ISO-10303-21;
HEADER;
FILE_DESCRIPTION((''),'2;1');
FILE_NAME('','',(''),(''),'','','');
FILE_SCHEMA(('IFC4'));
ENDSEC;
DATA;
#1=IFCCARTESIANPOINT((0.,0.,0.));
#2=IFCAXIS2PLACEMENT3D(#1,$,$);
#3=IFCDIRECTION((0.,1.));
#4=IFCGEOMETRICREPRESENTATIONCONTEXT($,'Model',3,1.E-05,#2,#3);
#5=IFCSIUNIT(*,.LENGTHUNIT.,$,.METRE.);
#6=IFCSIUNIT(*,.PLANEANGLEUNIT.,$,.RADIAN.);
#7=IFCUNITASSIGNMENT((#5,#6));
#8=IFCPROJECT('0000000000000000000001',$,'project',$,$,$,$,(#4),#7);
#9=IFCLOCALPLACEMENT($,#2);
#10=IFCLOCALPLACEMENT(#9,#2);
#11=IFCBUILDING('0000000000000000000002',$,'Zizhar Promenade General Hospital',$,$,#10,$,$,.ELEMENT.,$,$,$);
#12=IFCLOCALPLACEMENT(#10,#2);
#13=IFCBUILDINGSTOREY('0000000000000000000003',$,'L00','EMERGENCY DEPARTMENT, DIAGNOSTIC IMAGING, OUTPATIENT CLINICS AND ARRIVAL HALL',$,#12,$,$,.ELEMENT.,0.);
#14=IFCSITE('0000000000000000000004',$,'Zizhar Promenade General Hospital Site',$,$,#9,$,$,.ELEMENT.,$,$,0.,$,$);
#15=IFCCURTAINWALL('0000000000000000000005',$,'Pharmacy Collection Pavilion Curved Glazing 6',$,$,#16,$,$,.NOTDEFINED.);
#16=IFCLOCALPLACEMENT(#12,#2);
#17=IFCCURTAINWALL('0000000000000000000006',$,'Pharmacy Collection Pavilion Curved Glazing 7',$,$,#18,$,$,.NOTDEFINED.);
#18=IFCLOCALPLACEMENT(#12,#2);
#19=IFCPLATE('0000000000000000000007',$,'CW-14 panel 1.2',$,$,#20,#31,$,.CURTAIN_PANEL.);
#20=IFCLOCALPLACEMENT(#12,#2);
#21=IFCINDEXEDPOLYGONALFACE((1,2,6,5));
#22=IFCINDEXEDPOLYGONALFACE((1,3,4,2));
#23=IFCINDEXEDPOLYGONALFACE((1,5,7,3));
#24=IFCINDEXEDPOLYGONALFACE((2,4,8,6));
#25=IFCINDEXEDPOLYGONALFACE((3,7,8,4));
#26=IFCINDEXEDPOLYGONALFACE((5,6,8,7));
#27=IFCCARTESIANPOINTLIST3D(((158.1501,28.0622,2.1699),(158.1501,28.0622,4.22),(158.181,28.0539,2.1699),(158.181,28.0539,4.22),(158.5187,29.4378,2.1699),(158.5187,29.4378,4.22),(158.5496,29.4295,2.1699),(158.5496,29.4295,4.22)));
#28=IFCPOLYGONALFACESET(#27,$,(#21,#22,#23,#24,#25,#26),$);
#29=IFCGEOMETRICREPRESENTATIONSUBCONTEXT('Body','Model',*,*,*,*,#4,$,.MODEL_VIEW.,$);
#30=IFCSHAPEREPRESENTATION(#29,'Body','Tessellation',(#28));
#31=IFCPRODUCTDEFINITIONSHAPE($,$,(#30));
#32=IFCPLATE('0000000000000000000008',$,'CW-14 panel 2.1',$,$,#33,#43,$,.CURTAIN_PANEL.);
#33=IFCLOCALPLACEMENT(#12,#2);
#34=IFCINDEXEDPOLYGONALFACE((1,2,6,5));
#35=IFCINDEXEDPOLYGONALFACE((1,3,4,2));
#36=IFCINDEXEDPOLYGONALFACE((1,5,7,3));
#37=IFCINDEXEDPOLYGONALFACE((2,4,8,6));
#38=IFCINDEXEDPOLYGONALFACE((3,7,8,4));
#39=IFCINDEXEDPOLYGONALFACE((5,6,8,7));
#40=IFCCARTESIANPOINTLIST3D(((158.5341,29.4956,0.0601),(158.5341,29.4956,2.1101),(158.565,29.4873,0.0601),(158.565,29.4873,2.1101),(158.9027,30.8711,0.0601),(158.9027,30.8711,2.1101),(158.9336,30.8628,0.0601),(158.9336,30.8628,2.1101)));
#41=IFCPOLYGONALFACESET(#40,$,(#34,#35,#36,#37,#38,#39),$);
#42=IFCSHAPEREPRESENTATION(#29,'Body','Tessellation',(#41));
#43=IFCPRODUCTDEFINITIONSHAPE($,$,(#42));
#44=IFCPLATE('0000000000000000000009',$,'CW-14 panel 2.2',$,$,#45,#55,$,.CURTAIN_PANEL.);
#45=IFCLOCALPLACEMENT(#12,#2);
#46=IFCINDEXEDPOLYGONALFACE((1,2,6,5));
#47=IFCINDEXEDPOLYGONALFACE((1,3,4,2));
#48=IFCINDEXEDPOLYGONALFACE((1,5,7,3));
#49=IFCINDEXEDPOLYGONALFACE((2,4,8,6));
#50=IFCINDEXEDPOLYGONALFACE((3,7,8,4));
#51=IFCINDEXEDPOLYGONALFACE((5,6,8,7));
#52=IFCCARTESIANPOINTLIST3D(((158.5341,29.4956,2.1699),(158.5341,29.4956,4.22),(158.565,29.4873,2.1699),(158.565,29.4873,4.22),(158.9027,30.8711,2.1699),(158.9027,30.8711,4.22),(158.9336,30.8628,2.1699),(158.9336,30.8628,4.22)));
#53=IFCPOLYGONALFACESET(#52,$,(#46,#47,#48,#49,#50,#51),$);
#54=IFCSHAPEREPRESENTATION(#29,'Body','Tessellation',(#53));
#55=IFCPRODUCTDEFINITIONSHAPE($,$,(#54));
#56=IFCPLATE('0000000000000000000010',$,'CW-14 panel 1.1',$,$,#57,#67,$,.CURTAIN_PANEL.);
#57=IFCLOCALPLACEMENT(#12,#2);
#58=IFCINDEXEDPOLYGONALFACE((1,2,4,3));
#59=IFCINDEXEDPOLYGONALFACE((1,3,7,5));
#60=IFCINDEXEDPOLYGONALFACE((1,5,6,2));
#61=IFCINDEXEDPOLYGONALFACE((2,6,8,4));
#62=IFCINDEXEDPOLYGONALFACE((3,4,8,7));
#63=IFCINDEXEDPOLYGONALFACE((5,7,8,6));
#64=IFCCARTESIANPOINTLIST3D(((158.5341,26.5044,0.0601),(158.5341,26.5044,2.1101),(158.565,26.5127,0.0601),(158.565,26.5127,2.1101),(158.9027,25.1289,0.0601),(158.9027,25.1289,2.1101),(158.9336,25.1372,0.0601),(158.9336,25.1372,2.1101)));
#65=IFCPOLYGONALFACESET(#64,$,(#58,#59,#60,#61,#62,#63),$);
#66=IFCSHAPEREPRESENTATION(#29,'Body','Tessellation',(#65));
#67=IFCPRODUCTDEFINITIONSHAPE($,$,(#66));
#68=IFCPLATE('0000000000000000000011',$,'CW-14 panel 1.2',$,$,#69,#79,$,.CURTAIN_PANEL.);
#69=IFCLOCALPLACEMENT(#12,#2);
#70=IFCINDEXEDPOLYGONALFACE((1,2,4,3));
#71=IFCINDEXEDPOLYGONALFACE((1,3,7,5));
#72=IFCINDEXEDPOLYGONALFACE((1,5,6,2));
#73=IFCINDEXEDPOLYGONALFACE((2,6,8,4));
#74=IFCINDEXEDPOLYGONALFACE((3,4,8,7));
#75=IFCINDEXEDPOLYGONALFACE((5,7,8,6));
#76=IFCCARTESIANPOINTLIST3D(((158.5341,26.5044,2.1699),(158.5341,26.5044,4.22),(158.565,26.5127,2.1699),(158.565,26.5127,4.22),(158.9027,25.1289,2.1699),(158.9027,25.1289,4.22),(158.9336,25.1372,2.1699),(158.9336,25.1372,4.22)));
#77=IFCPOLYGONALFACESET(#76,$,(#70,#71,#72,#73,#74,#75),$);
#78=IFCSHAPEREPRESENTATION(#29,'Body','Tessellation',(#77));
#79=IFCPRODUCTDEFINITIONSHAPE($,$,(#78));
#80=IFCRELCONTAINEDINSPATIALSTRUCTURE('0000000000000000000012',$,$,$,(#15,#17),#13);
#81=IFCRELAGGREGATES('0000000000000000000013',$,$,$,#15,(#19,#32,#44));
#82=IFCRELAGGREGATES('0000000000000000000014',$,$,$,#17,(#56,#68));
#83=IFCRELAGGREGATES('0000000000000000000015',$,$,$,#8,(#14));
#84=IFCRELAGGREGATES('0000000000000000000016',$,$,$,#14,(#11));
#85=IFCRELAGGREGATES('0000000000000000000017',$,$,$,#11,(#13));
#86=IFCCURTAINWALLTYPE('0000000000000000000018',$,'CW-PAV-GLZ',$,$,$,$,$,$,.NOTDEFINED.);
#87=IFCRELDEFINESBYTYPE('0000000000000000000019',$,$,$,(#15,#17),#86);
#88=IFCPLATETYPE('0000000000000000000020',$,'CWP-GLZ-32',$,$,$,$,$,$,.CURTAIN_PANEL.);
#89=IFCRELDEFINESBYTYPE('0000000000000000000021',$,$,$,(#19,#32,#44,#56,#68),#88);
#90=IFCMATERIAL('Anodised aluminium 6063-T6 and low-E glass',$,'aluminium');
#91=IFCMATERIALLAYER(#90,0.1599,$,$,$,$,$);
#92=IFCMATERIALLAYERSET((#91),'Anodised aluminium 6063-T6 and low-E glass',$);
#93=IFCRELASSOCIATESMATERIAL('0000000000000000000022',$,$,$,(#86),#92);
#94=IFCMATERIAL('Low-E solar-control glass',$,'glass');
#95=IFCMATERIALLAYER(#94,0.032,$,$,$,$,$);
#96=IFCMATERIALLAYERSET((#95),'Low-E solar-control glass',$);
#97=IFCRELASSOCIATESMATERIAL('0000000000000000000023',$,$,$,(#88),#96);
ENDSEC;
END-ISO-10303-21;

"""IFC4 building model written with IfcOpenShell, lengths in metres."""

from ifc_helpers import new_model, si_unit, direction, frame, origin, origin_2d, place, context, subcontext, project, spatial, rectangle, extrude, material, layer, layer_set, type_object, element, aggregate, save


model = new_model("IFC4")

# Units and contexts
model_context = context("Model", 3, precision=1e-05, world=origin(), true_north=direction((0.0, 1.0)))
body_context = subcontext(model_context, "Body", "Model", "MODEL_VIEW")
ifc_project = project(units=[si_unit("LENGTHUNIT", "METRE"), si_unit("PLANEANGLEUNIT", "RADIAN")], contexts=[model_context])

# Site, building, storey
site_placement = place(None, origin())
site = spatial("IfcSite", under=ifc_project, at=site_placement, Name="Zizhar Promenade General Hospital Site", CompositionType="ELEMENT", RefElevation=0.0)
building_placement = place(site_placement, origin())
building = spatial("IfcBuilding", under=site, at=building_placement, Name="Zizhar Promenade General Hospital", CompositionType="ELEMENT")
storey_placement = place(building_placement, origin())
storey = spatial("IfcBuildingStorey", under=building, at=storey_placement, Name="L00", Description="EMERGENCY DEPARTMENT, DIAGNOSTIC IMAGING, OUTPATIENT CLINICS AND ARRIVAL HALL", CompositionType="ELEMENT", Elevation=0.0)

# Shared definitions
ifc_material_1 = material(Name="Anodised aluminium 6063-T6 and low-E glass", Category="aluminium")
ifc_layer_1 = layer(ifc_material_1, 0.1599)
ifc_layer_set_1 = layer_set([ifc_layer_1], Name="Anodised aluminium 6063-T6 and low-E glass")
curtain_wall_type = type_object("IfcCurtainWallType", Name="CW-PAV-GLZ", PredefinedType="NOTDEFINED", material=ifc_layer_set_1)

# Curtain walls
curtain_wall_1_placement = place(storey_placement, origin())
curtain_wall_1 = element("IfcCurtainWall", 1, at=curtain_wall_1_placement, inside=storey, type_object=curtain_wall_type, Name="Pharmacy Collection Pavilion Curved Glazing 6", PredefinedType="NOTDEFINED")
curtain_wall_2_placement = place(storey_placement, origin())
curtain_wall_2 = element("IfcCurtainWall", 2, at=curtain_wall_2_placement, inside=storey, type_object=curtain_wall_type, Name="Pharmacy Collection Pavilion Curved Glazing 7", PredefinedType="NOTDEFINED")

# Plates
ifc_material_2 = material(Name="Low-E solar-control glass", Category="glass")
ifc_layer_2 = layer(ifc_material_2, 0.032)
ifc_layer_set_2 = layer_set([ifc_layer_2], Name="Low-E solar-control glass")
plate_type = type_object("IfcPlateType", Name="CWP-GLZ-32", PredefinedType="CURTAIN_PANEL", material=ifc_layer_set_2)
plate_1_placement = place(storey_placement, frame((158.3499, 28.7458, 2.1699), z_axis=(0.0, 0.0, 1.0), x_axis=(0.258834, 0.965922, 0.0)))
plate_1 = element("IfcPlate", 3, at=plate_1_placement, type_object=plate_type, Name="CW-14 panel 1.2", PredefinedType="CURTAIN_PANEL", context=body_context, shape_type="SweptSolid", body=[
    extrude(rectangle(XDim=1.4241, YDim=0.032, at=origin_2d()), origin(), (0.0, 0.0, 1.0), 2.05),
])
plate_2_placement = place(storey_placement, frame((158.7339, 30.1792, 0.0601), z_axis=(0.0, 0.0, 1.0), x_axis=(0.258834, 0.965922, 0.0)))
plate_2 = element("IfcPlate", 4, at=plate_2_placement, type_object=plate_type, Name="CW-14 panel 2.1", PredefinedType="CURTAIN_PANEL", context=body_context, shape_type="SweptSolid", body=[
    extrude(rectangle(XDim=1.4241, YDim=0.032, at=origin_2d()), origin(), (0.0, 0.0, 1.0), 2.05),
])
plate_3_placement = place(storey_placement, frame((158.7339, 30.1792, 2.1699), z_axis=(0.0, 0.0, 1.0), x_axis=(0.258834, 0.965922, 0.0)))
plate_3 = element("IfcPlate", 5, at=plate_3_placement, type_object=plate_type, Name="CW-14 panel 2.2", PredefinedType="CURTAIN_PANEL", context=body_context, shape_type="SweptSolid", body=[
    extrude(rectangle(XDim=1.4241, YDim=0.032, at=origin_2d()), origin(), (0.0, 0.0, 1.0), 2.05),
])
aggregate(curtain_wall_1, [plate_1, plate_2, plate_3])
plate_4_placement = place(storey_placement, frame((158.7339, 25.8208, 0.0601), z_axis=(0.0, 0.0, 1.0), x_axis=(-0.258834, 0.965922, 0.0)))
plate_4 = element("IfcPlate", 6, at=plate_4_placement, type_object=plate_type, Name="CW-14 panel 1.1", PredefinedType="CURTAIN_PANEL", context=body_context, shape_type="SweptSolid", body=[
    extrude(rectangle(XDim=1.4241, YDim=0.032, at=origin_2d()), origin(), (0.0, 0.0, 1.0), 2.05),
])
plate_5_placement = place(storey_placement, frame((158.7339, 25.8208, 2.1699), z_axis=(0.0, 0.0, 1.0), x_axis=(-0.258834, 0.965922, 0.0)))
plate_5 = element("IfcPlate", 7, at=plate_5_placement, type_object=plate_type, Name="CW-14 panel 1.2", PredefinedType="CURTAIN_PANEL", context=body_context, shape_type="SweptSolid", body=[
    extrude(rectangle(XDim=1.4241, YDim=0.032, at=origin_2d()), origin(), (0.0, 0.0, 1.0), 2.05),
])
aggregate(curtain_wall_2, [plate_4, plate_5])

save(model, "model.ifc")
